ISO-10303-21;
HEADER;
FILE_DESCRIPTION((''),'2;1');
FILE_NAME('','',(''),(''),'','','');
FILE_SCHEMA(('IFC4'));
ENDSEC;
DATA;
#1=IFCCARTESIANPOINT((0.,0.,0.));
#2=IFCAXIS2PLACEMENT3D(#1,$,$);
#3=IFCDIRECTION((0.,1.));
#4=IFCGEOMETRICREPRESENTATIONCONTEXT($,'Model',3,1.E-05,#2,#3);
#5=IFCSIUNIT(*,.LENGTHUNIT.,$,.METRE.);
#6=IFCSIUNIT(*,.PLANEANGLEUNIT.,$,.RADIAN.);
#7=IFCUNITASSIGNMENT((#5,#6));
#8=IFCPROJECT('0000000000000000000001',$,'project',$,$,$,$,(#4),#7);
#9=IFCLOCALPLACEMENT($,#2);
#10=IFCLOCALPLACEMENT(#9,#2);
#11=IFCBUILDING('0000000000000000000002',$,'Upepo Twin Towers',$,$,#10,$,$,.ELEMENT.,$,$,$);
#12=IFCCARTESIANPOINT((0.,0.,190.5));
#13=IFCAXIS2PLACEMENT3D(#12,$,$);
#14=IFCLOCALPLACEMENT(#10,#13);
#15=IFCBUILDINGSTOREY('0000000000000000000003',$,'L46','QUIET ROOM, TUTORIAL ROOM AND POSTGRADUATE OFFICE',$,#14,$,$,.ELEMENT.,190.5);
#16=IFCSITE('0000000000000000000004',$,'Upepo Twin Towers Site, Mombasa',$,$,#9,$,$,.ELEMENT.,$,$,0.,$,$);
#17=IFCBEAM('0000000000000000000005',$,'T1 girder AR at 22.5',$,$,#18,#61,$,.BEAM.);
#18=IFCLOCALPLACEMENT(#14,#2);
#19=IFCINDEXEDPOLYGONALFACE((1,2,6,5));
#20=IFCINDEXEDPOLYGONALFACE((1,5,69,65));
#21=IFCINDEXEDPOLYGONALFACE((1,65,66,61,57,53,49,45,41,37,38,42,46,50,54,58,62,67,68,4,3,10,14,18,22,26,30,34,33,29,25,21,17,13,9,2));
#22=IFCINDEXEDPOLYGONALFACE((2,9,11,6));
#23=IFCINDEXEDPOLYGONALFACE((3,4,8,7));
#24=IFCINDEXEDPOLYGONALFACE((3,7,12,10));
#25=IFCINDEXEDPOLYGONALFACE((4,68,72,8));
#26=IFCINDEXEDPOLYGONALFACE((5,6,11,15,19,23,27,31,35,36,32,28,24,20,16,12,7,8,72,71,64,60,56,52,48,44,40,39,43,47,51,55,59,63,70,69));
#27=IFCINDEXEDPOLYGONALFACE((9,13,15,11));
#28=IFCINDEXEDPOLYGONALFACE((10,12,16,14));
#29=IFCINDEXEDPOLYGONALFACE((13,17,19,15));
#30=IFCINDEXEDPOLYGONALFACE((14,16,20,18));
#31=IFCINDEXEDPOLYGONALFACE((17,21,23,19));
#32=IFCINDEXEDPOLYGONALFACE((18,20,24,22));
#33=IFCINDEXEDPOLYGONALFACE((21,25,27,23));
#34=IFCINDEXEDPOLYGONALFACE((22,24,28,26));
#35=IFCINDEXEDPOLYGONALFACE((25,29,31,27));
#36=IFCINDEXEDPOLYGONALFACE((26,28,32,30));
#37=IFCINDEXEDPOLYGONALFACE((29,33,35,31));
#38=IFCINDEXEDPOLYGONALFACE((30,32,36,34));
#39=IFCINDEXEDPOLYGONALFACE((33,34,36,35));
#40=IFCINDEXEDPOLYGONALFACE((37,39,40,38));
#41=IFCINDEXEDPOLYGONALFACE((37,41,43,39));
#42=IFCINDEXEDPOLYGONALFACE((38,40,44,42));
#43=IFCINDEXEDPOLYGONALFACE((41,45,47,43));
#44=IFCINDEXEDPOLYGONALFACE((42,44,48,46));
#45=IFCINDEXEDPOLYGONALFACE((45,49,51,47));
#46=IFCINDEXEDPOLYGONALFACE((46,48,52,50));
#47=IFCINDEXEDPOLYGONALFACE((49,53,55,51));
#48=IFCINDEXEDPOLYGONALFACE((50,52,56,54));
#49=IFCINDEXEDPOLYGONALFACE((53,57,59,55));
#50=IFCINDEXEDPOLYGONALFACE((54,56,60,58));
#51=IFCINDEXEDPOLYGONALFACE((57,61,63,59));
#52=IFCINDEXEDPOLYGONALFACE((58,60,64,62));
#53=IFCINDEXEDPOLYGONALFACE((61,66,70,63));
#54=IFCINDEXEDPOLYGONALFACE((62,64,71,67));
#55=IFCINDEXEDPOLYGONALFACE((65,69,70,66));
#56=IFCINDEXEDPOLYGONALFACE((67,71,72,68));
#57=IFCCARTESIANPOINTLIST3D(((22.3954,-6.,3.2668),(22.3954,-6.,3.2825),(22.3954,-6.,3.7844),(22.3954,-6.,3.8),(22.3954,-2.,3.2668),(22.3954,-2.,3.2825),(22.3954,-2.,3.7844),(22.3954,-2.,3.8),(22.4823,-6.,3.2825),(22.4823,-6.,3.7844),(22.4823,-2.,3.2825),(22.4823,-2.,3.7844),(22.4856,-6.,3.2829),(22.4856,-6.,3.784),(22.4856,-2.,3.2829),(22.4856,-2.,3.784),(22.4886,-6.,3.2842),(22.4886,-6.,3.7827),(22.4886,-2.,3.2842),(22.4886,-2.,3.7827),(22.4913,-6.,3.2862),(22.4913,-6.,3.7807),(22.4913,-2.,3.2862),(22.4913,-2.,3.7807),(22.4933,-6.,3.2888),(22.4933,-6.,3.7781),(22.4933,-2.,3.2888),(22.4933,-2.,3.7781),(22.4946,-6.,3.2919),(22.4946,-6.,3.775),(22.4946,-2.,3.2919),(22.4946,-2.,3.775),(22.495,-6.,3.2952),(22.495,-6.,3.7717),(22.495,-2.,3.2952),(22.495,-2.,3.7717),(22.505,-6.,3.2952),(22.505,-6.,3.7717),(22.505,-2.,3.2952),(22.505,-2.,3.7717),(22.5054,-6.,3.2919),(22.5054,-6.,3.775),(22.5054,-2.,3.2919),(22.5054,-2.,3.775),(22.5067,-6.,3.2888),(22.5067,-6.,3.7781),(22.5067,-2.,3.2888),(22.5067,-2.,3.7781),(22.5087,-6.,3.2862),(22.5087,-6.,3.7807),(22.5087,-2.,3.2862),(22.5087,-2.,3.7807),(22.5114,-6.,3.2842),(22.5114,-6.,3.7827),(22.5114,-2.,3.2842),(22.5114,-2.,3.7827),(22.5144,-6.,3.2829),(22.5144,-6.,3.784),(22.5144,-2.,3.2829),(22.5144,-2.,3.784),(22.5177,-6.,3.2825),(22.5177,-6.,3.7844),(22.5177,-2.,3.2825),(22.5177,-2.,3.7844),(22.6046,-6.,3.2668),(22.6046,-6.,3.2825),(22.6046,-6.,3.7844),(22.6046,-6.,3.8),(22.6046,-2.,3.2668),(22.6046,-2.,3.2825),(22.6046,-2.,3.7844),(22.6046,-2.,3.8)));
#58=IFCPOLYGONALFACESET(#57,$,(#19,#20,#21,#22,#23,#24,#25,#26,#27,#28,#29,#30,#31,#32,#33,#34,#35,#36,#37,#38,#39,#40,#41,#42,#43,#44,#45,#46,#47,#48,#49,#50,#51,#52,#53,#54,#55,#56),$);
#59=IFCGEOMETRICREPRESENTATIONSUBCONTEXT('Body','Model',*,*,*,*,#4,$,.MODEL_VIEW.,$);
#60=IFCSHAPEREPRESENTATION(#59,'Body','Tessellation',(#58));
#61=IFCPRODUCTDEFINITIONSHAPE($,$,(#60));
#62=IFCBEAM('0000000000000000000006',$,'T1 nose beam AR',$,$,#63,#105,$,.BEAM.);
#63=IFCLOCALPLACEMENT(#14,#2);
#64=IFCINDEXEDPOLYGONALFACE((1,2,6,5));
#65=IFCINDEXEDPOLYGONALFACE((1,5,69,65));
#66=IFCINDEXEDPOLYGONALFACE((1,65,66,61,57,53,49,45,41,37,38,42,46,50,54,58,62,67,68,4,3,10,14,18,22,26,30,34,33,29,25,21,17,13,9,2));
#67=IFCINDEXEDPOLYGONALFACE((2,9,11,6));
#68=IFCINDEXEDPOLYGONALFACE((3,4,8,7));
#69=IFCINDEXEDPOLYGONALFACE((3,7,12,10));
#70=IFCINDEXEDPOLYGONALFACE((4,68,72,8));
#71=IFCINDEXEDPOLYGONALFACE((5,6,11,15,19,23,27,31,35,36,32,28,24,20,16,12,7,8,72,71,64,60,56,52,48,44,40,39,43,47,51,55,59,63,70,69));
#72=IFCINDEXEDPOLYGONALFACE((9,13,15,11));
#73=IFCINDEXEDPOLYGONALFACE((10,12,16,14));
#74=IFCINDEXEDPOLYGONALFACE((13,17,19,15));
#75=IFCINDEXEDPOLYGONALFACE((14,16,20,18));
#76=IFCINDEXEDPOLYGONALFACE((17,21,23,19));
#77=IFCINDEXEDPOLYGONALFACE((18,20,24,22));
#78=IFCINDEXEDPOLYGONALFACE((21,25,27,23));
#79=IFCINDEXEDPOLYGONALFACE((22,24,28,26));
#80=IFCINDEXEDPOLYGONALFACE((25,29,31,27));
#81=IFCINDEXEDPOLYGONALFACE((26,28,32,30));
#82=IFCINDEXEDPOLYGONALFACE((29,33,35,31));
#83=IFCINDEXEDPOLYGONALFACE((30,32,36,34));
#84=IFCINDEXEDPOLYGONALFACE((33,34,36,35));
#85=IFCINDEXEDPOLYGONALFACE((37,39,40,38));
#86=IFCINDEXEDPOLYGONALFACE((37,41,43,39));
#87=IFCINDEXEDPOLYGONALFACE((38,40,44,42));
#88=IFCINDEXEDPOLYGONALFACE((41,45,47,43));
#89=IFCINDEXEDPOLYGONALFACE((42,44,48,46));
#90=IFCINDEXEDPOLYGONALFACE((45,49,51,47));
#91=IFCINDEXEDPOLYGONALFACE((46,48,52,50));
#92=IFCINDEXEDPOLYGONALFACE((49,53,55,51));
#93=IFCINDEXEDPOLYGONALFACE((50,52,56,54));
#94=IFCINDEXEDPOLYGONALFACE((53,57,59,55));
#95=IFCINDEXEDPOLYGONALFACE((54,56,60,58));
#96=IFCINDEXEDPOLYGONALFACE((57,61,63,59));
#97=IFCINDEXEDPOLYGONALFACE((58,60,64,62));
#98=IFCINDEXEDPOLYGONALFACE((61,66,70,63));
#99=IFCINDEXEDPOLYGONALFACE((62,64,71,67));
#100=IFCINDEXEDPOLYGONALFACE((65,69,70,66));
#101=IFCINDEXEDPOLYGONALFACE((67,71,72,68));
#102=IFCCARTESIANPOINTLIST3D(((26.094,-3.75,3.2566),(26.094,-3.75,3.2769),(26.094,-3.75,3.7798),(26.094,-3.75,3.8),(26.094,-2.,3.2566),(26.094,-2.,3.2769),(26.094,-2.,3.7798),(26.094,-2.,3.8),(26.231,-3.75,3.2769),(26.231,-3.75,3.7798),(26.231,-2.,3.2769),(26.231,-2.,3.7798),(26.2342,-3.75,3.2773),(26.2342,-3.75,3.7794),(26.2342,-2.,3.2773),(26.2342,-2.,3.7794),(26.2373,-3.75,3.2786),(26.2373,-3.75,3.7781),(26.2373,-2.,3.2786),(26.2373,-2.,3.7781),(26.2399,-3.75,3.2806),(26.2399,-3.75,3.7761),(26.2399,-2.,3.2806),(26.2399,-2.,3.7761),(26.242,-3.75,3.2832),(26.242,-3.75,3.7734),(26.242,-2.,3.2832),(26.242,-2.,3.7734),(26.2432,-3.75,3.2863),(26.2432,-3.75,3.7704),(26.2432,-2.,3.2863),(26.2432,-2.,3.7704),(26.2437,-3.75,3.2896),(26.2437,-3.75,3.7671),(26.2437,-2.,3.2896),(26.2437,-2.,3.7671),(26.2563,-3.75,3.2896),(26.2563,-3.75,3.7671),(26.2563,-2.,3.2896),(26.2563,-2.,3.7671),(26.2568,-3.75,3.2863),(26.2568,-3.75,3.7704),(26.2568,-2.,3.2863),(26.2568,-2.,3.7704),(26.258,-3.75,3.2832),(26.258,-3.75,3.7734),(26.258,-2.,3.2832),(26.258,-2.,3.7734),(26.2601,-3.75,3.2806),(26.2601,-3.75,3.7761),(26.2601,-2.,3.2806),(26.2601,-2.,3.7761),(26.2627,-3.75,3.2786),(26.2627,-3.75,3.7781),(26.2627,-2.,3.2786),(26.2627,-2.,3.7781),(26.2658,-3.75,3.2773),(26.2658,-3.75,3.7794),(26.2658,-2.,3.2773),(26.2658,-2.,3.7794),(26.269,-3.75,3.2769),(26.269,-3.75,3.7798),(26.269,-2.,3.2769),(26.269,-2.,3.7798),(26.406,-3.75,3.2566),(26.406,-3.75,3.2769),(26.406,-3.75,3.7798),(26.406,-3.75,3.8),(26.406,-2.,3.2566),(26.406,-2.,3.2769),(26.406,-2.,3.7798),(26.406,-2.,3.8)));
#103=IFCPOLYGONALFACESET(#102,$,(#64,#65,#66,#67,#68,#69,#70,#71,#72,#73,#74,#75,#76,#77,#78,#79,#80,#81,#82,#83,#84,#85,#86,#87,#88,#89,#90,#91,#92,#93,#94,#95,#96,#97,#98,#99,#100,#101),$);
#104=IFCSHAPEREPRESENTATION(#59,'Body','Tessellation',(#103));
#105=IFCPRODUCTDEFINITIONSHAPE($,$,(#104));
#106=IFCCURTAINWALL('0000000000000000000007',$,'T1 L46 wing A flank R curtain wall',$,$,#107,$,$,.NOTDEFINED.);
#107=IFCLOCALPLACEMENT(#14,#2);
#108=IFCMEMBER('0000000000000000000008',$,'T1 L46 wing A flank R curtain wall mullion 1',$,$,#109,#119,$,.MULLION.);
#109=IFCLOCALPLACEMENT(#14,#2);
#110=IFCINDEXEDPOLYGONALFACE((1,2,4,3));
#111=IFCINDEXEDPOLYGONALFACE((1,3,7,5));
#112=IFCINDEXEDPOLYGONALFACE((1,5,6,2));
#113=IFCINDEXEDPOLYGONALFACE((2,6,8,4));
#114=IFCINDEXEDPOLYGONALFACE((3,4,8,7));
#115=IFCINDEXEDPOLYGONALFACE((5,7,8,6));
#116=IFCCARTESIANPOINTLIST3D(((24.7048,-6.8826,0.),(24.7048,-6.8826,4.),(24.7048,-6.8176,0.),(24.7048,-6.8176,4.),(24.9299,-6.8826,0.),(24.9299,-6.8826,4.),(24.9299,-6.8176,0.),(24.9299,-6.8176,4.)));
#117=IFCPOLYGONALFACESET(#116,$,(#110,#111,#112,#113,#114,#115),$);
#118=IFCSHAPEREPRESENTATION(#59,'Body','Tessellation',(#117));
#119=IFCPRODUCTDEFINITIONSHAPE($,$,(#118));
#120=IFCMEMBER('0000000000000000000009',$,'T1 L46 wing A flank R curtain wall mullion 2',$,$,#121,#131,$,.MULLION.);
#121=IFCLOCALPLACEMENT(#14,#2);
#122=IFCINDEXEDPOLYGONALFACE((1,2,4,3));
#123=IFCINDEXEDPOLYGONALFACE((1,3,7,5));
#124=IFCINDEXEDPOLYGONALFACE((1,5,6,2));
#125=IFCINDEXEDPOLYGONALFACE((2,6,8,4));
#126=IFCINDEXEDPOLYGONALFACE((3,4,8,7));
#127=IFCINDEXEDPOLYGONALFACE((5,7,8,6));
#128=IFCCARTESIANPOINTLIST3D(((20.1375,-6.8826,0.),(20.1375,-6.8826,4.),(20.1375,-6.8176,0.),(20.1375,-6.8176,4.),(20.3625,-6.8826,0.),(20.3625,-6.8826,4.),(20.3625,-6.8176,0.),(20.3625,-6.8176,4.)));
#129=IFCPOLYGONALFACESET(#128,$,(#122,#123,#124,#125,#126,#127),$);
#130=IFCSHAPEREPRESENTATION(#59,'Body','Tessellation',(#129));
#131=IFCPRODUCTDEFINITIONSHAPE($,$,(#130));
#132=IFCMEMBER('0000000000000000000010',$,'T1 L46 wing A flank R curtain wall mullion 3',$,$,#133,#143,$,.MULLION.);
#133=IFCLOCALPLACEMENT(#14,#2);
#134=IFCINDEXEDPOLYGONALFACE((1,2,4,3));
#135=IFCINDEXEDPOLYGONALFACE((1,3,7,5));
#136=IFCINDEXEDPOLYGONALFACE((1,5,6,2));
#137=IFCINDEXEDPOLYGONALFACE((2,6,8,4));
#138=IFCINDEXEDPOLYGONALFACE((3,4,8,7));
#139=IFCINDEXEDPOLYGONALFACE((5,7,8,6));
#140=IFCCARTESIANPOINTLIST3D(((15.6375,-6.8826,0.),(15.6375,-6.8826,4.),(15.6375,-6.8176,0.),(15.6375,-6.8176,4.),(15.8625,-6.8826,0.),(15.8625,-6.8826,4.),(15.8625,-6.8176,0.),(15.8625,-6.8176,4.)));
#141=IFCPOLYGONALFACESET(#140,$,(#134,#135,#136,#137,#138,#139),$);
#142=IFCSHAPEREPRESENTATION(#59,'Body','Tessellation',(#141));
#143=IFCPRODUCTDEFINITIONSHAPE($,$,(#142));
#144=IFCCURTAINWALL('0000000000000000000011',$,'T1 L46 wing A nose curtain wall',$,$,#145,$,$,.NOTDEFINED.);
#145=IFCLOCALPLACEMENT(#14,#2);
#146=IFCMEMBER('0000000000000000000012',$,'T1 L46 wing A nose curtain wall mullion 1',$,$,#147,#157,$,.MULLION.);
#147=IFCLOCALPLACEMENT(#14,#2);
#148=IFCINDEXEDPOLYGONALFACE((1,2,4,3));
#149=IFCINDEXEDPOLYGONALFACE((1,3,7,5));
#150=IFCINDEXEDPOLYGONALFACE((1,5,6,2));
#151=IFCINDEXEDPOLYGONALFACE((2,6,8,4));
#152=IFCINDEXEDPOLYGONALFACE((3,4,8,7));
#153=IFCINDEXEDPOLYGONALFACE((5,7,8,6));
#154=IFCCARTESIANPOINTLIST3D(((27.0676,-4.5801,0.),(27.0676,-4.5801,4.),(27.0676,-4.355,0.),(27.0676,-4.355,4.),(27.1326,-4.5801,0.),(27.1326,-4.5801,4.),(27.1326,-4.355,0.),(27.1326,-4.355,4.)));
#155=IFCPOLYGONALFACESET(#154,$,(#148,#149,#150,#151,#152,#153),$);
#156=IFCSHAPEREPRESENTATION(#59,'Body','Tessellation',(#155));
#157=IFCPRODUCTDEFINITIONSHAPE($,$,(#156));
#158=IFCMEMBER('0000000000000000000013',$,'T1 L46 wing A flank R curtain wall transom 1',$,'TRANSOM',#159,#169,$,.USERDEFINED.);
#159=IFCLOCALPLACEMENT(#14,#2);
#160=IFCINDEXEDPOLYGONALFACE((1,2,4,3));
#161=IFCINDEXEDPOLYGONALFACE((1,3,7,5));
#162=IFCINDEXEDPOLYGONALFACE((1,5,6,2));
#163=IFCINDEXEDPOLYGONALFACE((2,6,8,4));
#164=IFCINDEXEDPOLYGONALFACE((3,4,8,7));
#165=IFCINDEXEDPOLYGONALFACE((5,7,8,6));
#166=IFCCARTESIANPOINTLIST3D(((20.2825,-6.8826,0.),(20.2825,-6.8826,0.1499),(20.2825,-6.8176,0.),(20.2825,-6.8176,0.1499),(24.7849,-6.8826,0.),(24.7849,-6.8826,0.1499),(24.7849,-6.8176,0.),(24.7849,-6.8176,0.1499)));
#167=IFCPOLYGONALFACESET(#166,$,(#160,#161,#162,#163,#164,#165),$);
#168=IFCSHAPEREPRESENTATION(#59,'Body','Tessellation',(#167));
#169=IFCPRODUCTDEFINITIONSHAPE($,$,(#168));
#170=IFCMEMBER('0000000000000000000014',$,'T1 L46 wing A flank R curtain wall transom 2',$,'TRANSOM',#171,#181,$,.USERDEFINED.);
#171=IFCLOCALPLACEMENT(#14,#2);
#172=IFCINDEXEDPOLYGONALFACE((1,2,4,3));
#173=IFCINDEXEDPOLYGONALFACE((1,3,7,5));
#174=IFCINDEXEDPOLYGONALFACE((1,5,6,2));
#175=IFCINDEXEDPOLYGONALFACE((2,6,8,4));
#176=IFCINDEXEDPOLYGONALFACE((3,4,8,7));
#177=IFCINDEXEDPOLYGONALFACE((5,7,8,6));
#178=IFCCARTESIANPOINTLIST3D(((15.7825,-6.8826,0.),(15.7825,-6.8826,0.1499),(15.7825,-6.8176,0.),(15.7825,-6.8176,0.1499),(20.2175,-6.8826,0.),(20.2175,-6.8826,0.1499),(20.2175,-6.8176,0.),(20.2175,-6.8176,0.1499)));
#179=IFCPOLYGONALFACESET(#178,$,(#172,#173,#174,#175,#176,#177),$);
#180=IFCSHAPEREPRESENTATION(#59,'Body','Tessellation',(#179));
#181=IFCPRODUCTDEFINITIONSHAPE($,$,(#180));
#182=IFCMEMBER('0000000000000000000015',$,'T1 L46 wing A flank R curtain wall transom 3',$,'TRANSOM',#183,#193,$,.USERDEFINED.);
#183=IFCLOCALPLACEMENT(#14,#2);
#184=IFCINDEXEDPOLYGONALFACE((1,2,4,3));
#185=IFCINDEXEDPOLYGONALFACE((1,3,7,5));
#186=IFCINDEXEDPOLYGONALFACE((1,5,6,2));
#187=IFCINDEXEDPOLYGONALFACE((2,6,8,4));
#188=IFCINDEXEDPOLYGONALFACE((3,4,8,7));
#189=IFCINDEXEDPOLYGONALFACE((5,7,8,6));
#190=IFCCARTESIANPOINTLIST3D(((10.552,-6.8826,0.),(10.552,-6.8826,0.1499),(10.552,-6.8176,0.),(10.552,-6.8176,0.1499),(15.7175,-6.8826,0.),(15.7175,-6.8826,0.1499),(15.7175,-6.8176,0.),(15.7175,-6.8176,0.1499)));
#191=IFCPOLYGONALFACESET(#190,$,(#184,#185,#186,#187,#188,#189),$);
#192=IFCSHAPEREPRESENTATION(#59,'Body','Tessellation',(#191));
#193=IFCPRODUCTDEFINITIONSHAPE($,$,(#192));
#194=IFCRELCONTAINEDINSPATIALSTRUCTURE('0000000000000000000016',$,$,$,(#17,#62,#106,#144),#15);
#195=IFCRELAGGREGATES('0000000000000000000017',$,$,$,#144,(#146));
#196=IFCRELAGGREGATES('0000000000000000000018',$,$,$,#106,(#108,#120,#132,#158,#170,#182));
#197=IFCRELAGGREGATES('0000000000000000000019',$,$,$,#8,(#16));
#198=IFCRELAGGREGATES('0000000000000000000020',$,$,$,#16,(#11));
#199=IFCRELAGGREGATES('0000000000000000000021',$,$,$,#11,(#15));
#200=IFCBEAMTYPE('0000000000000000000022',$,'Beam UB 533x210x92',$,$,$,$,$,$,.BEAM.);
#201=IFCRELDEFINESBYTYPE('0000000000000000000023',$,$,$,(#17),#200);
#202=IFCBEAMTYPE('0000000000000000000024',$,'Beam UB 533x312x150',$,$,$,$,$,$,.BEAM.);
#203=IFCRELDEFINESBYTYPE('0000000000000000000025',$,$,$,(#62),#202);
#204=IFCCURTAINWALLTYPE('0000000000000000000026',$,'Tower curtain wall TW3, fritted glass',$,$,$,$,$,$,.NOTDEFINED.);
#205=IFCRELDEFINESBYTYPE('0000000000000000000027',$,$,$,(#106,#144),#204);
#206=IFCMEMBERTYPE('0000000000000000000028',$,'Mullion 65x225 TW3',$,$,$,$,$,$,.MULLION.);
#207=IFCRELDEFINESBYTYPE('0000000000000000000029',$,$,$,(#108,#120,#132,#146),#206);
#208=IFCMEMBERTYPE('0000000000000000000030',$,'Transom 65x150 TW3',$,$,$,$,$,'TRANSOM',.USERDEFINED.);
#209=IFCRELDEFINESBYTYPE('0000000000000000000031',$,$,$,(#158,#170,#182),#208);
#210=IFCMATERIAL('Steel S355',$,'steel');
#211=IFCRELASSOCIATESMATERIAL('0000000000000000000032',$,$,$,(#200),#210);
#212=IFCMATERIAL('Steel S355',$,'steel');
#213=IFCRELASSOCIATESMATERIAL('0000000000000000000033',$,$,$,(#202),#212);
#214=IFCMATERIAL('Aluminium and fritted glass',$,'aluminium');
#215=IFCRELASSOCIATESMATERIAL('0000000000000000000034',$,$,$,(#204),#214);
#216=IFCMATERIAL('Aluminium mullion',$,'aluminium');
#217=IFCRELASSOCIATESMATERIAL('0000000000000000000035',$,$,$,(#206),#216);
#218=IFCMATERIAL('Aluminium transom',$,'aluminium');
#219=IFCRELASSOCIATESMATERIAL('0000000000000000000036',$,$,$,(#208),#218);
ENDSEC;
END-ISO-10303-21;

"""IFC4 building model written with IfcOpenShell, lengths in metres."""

from ifc_helpers import new_model, si_unit, direction, frame, origin, origin_2d, place, context, subcontext, project, spatial, rectangle, i_section, extrude, material, material_profile, profile_set, type_object, element, aggregate, save


model = new_model("IFC4")

# Units and contexts
model_context = context("Model", 3, precision=1e-05, world=origin(), true_north=direction((0.0, 1.0)))
body_context = subcontext(model_context, "Body", "Model", "MODEL_VIEW")
ifc_project = project(units=[si_unit("LENGTHUNIT", "METRE"), si_unit("PLANEANGLEUNIT", "RADIAN")], contexts=[model_context])

# Site, building, storey
site_placement = place(None, origin())
site = spatial("IfcSite", under=ifc_project, at=site_placement, Name="Upepo Twin Towers Site, Mombasa", CompositionType="ELEMENT", RefElevation=0.0)
building_placement = place(site_placement, origin())
building = spatial("IfcBuilding", under=site, at=building_placement, Name="Upepo Twin Towers", CompositionType="ELEMENT")
storey_placement = place(building_placement, frame((0.0, 0.0, 190.5)))
storey = spatial("IfcBuildingStorey", under=building, at=storey_placement, Name="L46", Description="QUIET ROOM, TUTORIAL ROOM AND POSTGRADUATE OFFICE", CompositionType="ELEMENT", Elevation=190.5)

# Beams
ifc_material_1 = material(Name="Steel S355", Category="steel")
ifc_material_profile_1 = material_profile(ifc_material_1, i_section(OverallWidth=0.2092, OverallDepth=0.5332, WebThickness=0.01, FlangeThickness=0.0156, FilletRadius=0.0127, at=origin_2d()), Name="UB 533x210x92")
ifc_profile_set_1 = profile_set([ifc_material_profile_1], Name="Steel S355")
beam_type_1 = type_object("IfcBeamType", Name="Beam UB 533x210x92", PredefinedType="BEAM", material=ifc_profile_set_1)
for number, where, z_axis, x_axis, name in (
    (1, (22.5, -6.0, 3.5334), (0.0, 1.0, 0.0), (-1.0, 0.0, 0.0), "T1 girder AR at 22.5"),
):
    element("IfcBeam", number, at=place(storey_placement, frame(where, z_axis=z_axis, x_axis=x_axis)), inside=storey, type_object=beam_type_1, Name=name, PredefinedType="BEAM", context=body_context, shape_type="SweptSolid", body=[
        extrude(i_section(OverallWidth=0.2092, OverallDepth=0.5332, WebThickness=0.01, FlangeThickness=0.0156, FilletRadius=0.0127, at=origin_2d()), origin(), (0.0, 0.0, 1.0), 4.0),
    ])
ifc_material_2 = material(Name="Steel S355", Category="steel")
ifc_material_profile_2 = material_profile(ifc_material_2, i_section(OverallWidth=0.312, OverallDepth=0.5435, WebThickness=0.0127, FlangeThickness=0.0203, FilletRadius=0.0127, at=origin_2d()), Name="UB 533x312x150")
ifc_profile_set_2 = profile_set([ifc_material_profile_2], Name="Steel S355")
beam_type_2 = type_object("IfcBeamType", Name="Beam UB 533x312x150", PredefinedType="BEAM", material=ifc_profile_set_2)
beam_1_placement = place(storey_placement, frame((26.25, -3.75, 3.5283), z_axis=(0.0, 1.0, 0.0), x_axis=(-1.0, 0.0, 0.0)))
element("IfcBeam", 2, at=beam_1_placement, inside=storey, type_object=beam_type_2, Name="T1 nose beam AR", PredefinedType="BEAM", context=body_context, shape_type="SweptSolid", body=[
    extrude(i_section(OverallWidth=0.312, OverallDepth=0.5435, WebThickness=0.0127, FlangeThickness=0.0203, FilletRadius=0.0127, at=origin_2d()), origin(), (0.0, 0.0, 1.0), 1.75),
])

# Curtain wall, members
ifc_material_3 = material(Name="Aluminium and fritted glass", Category="aluminium")
curtain_wall_type = type_object("IfcCurtainWallType", Name="Tower curtain wall TW3, fritted glass", PredefinedType="NOTDEFINED", material=ifc_material_3)
curtain_wall_1_placement = place(storey_placement, origin())
curtain_wall_1 = element("IfcCurtainWall", 3, at=curtain_wall_1_placement, inside=storey, type_object=curtain_wall_type, Name="T1 L46 wing A flank R curtain wall", PredefinedType="NOTDEFINED")
ifc_material_4 = material(Name="Aluminium mullion", Category="aluminium")
ifc_material_profile_3 = material_profile(ifc_material_4, rectangle(XDim=0.0649, YDim=0.2251, at=origin_2d()), Name="MULLION 65x225")
ifc_profile_set_3 = profile_set([ifc_material_profile_3], Name="Aluminium mullion")
member_type_1 = type_object("IfcMemberType", Name="Mullion 65x225 TW3", PredefinedType="MULLION", material=ifc_profile_set_3)
member_1_placement = place(storey_placement, frame((24.8174, -6.8501, 0.0), z_axis=(0.0, 0.0, 1.0), x_axis=(0.0, -1.0, 0.0)))
member_1 = element("IfcMember", 4, at=member_1_placement, type_object=member_type_1, Name="T1 L46 wing A flank R curtain wall mullion 1", PredefinedType="MULLION", context=body_context, shape_type="SweptSolid", body=[
    extrude(rectangle(XDim=0.0649, YDim=0.2251, at=origin_2d()), origin(), (0.0, 0.0, 1.0), 4.0),
])
member_2_placement = place(storey_placement, frame((20.25, -6.8501, 0.0), z_axis=(0.0, 0.0, 1.0), x_axis=(0.0, -1.0, 0.0)))
member_2 = element("IfcMember", 5, at=member_2_placement, type_object=member_type_1, Name="T1 L46 wing A flank R curtain wall mullion 2", PredefinedType="MULLION", context=body_context, shape_type="SweptSolid", body=[
    extrude(rectangle(XDim=0.0649, YDim=0.2251, at=origin_2d()), origin(), (0.0, 0.0, 1.0), 4.0),
])
member_3_placement = place(storey_placement, frame((15.75, -6.8501, 0.0), z_axis=(0.0, 0.0, 1.0), x_axis=(0.0, -1.0, 0.0)))
member_3 = element("IfcMember", 6, at=member_3_placement, type_object=member_type_1, Name="T1 L46 wing A flank R curtain wall mullion 3", PredefinedType="MULLION", context=body_context, shape_type="SweptSolid", body=[
    extrude(rectangle(XDim=0.0649, YDim=0.2251, at=origin_2d()), origin(), (0.0, 0.0, 1.0), 4.0),
])

# Curtain wall, member
curtain_wall_2_placement = place(storey_placement, origin())
curtain_wall_2 = element("IfcCurtainWall", 7, at=curtain_wall_2_placement, inside=storey, type_object=curtain_wall_type, Name="T1 L46 wing A nose curtain wall", PredefinedType="NOTDEFINED")
member_4_placement = place(storey_placement, frame((27.1001, -4.4675, 0.0), z_axis=(0.0, 0.0, 1.0), x_axis=(-1.0, 0.0, 0.0)))
member_4 = element("IfcMember", 8, at=member_4_placement, type_object=member_type_1, Name="T1 L46 wing A nose curtain wall mullion 1", PredefinedType="MULLION", context=body_context, shape_type="SweptSolid", body=[
    extrude(rectangle(XDim=0.0649, YDim=0.2251, at=origin_2d()), origin(), (0.0, 0.0, 1.0), 4.0),
])

# Members
ifc_material_5 = material(Name="Aluminium transom", Category="aluminium")
ifc_material_profile_4 = material_profile(ifc_material_5, rectangle(XDim=0.0649, YDim=0.1499, at=origin_2d()), Name="TRANSOM 65x150")
ifc_profile_set_4 = profile_set([ifc_material_profile_4], Name="Aluminium transom")
member_type_2 = type_object("IfcMemberType", Name="Transom 65x150 TW3", ElementType="TRANSOM", PredefinedType="USERDEFINED", material=ifc_profile_set_4)
member_5_placement = place(storey_placement, frame((24.7849, -6.8501, 0.075), z_axis=(-1.0, 0.0, 0.0), x_axis=(0.0, -1.0, 0.0)))
member_5 = element("IfcMember", 9, at=member_5_placement, type_object=member_type_2, Name="T1 L46 wing A flank R curtain wall transom 1", ObjectType="TRANSOM", PredefinedType="USERDEFINED", context=body_context, shape_type="SweptSolid", body=[
    extrude(rectangle(XDim=0.0649, YDim=0.1499, at=origin_2d()), origin(), (0.0, 0.0, 1.0), 4.5024),
])
member_6_placement = place(storey_placement, frame((20.2175, -6.8501, 0.075), z_axis=(-1.0, 0.0, 0.0), x_axis=(0.0, -1.0, 0.0)))
member_6 = element("IfcMember", 10, at=member_6_placement, type_object=member_type_2, Name="T1 L46 wing A flank R curtain wall transom 2", ObjectType="TRANSOM", PredefinedType="USERDEFINED", context=body_context, shape_type="SweptSolid", body=[
    extrude(rectangle(XDim=0.0649, YDim=0.1499, at=origin_2d()), origin(), (0.0, 0.0, 1.0), 4.4351),
])
member_7_placement = place(storey_placement, frame((15.7175, -6.8501, 0.075), z_axis=(-1.0, 0.0, 0.0), x_axis=(0.0, -1.0, 0.0)))
member_7 = element("IfcMember", 11, at=member_7_placement, type_object=member_type_2, Name="T1 L46 wing A flank R curtain wall transom 3", ObjectType="TRANSOM", PredefinedType="USERDEFINED", context=body_context, shape_type="SweptSolid", body=[
    extrude(rectangle(XDim=0.0649, YDim=0.1499, at=origin_2d()), origin(), (0.0, 0.0, 1.0), 5.1655),
])
aggregate(curtain_wall_2, [member_4])

aggregate(curtain_wall_1, [member_1, member_2, member_3, member_5, member_6, member_7])

save(model, "model.ifc")
